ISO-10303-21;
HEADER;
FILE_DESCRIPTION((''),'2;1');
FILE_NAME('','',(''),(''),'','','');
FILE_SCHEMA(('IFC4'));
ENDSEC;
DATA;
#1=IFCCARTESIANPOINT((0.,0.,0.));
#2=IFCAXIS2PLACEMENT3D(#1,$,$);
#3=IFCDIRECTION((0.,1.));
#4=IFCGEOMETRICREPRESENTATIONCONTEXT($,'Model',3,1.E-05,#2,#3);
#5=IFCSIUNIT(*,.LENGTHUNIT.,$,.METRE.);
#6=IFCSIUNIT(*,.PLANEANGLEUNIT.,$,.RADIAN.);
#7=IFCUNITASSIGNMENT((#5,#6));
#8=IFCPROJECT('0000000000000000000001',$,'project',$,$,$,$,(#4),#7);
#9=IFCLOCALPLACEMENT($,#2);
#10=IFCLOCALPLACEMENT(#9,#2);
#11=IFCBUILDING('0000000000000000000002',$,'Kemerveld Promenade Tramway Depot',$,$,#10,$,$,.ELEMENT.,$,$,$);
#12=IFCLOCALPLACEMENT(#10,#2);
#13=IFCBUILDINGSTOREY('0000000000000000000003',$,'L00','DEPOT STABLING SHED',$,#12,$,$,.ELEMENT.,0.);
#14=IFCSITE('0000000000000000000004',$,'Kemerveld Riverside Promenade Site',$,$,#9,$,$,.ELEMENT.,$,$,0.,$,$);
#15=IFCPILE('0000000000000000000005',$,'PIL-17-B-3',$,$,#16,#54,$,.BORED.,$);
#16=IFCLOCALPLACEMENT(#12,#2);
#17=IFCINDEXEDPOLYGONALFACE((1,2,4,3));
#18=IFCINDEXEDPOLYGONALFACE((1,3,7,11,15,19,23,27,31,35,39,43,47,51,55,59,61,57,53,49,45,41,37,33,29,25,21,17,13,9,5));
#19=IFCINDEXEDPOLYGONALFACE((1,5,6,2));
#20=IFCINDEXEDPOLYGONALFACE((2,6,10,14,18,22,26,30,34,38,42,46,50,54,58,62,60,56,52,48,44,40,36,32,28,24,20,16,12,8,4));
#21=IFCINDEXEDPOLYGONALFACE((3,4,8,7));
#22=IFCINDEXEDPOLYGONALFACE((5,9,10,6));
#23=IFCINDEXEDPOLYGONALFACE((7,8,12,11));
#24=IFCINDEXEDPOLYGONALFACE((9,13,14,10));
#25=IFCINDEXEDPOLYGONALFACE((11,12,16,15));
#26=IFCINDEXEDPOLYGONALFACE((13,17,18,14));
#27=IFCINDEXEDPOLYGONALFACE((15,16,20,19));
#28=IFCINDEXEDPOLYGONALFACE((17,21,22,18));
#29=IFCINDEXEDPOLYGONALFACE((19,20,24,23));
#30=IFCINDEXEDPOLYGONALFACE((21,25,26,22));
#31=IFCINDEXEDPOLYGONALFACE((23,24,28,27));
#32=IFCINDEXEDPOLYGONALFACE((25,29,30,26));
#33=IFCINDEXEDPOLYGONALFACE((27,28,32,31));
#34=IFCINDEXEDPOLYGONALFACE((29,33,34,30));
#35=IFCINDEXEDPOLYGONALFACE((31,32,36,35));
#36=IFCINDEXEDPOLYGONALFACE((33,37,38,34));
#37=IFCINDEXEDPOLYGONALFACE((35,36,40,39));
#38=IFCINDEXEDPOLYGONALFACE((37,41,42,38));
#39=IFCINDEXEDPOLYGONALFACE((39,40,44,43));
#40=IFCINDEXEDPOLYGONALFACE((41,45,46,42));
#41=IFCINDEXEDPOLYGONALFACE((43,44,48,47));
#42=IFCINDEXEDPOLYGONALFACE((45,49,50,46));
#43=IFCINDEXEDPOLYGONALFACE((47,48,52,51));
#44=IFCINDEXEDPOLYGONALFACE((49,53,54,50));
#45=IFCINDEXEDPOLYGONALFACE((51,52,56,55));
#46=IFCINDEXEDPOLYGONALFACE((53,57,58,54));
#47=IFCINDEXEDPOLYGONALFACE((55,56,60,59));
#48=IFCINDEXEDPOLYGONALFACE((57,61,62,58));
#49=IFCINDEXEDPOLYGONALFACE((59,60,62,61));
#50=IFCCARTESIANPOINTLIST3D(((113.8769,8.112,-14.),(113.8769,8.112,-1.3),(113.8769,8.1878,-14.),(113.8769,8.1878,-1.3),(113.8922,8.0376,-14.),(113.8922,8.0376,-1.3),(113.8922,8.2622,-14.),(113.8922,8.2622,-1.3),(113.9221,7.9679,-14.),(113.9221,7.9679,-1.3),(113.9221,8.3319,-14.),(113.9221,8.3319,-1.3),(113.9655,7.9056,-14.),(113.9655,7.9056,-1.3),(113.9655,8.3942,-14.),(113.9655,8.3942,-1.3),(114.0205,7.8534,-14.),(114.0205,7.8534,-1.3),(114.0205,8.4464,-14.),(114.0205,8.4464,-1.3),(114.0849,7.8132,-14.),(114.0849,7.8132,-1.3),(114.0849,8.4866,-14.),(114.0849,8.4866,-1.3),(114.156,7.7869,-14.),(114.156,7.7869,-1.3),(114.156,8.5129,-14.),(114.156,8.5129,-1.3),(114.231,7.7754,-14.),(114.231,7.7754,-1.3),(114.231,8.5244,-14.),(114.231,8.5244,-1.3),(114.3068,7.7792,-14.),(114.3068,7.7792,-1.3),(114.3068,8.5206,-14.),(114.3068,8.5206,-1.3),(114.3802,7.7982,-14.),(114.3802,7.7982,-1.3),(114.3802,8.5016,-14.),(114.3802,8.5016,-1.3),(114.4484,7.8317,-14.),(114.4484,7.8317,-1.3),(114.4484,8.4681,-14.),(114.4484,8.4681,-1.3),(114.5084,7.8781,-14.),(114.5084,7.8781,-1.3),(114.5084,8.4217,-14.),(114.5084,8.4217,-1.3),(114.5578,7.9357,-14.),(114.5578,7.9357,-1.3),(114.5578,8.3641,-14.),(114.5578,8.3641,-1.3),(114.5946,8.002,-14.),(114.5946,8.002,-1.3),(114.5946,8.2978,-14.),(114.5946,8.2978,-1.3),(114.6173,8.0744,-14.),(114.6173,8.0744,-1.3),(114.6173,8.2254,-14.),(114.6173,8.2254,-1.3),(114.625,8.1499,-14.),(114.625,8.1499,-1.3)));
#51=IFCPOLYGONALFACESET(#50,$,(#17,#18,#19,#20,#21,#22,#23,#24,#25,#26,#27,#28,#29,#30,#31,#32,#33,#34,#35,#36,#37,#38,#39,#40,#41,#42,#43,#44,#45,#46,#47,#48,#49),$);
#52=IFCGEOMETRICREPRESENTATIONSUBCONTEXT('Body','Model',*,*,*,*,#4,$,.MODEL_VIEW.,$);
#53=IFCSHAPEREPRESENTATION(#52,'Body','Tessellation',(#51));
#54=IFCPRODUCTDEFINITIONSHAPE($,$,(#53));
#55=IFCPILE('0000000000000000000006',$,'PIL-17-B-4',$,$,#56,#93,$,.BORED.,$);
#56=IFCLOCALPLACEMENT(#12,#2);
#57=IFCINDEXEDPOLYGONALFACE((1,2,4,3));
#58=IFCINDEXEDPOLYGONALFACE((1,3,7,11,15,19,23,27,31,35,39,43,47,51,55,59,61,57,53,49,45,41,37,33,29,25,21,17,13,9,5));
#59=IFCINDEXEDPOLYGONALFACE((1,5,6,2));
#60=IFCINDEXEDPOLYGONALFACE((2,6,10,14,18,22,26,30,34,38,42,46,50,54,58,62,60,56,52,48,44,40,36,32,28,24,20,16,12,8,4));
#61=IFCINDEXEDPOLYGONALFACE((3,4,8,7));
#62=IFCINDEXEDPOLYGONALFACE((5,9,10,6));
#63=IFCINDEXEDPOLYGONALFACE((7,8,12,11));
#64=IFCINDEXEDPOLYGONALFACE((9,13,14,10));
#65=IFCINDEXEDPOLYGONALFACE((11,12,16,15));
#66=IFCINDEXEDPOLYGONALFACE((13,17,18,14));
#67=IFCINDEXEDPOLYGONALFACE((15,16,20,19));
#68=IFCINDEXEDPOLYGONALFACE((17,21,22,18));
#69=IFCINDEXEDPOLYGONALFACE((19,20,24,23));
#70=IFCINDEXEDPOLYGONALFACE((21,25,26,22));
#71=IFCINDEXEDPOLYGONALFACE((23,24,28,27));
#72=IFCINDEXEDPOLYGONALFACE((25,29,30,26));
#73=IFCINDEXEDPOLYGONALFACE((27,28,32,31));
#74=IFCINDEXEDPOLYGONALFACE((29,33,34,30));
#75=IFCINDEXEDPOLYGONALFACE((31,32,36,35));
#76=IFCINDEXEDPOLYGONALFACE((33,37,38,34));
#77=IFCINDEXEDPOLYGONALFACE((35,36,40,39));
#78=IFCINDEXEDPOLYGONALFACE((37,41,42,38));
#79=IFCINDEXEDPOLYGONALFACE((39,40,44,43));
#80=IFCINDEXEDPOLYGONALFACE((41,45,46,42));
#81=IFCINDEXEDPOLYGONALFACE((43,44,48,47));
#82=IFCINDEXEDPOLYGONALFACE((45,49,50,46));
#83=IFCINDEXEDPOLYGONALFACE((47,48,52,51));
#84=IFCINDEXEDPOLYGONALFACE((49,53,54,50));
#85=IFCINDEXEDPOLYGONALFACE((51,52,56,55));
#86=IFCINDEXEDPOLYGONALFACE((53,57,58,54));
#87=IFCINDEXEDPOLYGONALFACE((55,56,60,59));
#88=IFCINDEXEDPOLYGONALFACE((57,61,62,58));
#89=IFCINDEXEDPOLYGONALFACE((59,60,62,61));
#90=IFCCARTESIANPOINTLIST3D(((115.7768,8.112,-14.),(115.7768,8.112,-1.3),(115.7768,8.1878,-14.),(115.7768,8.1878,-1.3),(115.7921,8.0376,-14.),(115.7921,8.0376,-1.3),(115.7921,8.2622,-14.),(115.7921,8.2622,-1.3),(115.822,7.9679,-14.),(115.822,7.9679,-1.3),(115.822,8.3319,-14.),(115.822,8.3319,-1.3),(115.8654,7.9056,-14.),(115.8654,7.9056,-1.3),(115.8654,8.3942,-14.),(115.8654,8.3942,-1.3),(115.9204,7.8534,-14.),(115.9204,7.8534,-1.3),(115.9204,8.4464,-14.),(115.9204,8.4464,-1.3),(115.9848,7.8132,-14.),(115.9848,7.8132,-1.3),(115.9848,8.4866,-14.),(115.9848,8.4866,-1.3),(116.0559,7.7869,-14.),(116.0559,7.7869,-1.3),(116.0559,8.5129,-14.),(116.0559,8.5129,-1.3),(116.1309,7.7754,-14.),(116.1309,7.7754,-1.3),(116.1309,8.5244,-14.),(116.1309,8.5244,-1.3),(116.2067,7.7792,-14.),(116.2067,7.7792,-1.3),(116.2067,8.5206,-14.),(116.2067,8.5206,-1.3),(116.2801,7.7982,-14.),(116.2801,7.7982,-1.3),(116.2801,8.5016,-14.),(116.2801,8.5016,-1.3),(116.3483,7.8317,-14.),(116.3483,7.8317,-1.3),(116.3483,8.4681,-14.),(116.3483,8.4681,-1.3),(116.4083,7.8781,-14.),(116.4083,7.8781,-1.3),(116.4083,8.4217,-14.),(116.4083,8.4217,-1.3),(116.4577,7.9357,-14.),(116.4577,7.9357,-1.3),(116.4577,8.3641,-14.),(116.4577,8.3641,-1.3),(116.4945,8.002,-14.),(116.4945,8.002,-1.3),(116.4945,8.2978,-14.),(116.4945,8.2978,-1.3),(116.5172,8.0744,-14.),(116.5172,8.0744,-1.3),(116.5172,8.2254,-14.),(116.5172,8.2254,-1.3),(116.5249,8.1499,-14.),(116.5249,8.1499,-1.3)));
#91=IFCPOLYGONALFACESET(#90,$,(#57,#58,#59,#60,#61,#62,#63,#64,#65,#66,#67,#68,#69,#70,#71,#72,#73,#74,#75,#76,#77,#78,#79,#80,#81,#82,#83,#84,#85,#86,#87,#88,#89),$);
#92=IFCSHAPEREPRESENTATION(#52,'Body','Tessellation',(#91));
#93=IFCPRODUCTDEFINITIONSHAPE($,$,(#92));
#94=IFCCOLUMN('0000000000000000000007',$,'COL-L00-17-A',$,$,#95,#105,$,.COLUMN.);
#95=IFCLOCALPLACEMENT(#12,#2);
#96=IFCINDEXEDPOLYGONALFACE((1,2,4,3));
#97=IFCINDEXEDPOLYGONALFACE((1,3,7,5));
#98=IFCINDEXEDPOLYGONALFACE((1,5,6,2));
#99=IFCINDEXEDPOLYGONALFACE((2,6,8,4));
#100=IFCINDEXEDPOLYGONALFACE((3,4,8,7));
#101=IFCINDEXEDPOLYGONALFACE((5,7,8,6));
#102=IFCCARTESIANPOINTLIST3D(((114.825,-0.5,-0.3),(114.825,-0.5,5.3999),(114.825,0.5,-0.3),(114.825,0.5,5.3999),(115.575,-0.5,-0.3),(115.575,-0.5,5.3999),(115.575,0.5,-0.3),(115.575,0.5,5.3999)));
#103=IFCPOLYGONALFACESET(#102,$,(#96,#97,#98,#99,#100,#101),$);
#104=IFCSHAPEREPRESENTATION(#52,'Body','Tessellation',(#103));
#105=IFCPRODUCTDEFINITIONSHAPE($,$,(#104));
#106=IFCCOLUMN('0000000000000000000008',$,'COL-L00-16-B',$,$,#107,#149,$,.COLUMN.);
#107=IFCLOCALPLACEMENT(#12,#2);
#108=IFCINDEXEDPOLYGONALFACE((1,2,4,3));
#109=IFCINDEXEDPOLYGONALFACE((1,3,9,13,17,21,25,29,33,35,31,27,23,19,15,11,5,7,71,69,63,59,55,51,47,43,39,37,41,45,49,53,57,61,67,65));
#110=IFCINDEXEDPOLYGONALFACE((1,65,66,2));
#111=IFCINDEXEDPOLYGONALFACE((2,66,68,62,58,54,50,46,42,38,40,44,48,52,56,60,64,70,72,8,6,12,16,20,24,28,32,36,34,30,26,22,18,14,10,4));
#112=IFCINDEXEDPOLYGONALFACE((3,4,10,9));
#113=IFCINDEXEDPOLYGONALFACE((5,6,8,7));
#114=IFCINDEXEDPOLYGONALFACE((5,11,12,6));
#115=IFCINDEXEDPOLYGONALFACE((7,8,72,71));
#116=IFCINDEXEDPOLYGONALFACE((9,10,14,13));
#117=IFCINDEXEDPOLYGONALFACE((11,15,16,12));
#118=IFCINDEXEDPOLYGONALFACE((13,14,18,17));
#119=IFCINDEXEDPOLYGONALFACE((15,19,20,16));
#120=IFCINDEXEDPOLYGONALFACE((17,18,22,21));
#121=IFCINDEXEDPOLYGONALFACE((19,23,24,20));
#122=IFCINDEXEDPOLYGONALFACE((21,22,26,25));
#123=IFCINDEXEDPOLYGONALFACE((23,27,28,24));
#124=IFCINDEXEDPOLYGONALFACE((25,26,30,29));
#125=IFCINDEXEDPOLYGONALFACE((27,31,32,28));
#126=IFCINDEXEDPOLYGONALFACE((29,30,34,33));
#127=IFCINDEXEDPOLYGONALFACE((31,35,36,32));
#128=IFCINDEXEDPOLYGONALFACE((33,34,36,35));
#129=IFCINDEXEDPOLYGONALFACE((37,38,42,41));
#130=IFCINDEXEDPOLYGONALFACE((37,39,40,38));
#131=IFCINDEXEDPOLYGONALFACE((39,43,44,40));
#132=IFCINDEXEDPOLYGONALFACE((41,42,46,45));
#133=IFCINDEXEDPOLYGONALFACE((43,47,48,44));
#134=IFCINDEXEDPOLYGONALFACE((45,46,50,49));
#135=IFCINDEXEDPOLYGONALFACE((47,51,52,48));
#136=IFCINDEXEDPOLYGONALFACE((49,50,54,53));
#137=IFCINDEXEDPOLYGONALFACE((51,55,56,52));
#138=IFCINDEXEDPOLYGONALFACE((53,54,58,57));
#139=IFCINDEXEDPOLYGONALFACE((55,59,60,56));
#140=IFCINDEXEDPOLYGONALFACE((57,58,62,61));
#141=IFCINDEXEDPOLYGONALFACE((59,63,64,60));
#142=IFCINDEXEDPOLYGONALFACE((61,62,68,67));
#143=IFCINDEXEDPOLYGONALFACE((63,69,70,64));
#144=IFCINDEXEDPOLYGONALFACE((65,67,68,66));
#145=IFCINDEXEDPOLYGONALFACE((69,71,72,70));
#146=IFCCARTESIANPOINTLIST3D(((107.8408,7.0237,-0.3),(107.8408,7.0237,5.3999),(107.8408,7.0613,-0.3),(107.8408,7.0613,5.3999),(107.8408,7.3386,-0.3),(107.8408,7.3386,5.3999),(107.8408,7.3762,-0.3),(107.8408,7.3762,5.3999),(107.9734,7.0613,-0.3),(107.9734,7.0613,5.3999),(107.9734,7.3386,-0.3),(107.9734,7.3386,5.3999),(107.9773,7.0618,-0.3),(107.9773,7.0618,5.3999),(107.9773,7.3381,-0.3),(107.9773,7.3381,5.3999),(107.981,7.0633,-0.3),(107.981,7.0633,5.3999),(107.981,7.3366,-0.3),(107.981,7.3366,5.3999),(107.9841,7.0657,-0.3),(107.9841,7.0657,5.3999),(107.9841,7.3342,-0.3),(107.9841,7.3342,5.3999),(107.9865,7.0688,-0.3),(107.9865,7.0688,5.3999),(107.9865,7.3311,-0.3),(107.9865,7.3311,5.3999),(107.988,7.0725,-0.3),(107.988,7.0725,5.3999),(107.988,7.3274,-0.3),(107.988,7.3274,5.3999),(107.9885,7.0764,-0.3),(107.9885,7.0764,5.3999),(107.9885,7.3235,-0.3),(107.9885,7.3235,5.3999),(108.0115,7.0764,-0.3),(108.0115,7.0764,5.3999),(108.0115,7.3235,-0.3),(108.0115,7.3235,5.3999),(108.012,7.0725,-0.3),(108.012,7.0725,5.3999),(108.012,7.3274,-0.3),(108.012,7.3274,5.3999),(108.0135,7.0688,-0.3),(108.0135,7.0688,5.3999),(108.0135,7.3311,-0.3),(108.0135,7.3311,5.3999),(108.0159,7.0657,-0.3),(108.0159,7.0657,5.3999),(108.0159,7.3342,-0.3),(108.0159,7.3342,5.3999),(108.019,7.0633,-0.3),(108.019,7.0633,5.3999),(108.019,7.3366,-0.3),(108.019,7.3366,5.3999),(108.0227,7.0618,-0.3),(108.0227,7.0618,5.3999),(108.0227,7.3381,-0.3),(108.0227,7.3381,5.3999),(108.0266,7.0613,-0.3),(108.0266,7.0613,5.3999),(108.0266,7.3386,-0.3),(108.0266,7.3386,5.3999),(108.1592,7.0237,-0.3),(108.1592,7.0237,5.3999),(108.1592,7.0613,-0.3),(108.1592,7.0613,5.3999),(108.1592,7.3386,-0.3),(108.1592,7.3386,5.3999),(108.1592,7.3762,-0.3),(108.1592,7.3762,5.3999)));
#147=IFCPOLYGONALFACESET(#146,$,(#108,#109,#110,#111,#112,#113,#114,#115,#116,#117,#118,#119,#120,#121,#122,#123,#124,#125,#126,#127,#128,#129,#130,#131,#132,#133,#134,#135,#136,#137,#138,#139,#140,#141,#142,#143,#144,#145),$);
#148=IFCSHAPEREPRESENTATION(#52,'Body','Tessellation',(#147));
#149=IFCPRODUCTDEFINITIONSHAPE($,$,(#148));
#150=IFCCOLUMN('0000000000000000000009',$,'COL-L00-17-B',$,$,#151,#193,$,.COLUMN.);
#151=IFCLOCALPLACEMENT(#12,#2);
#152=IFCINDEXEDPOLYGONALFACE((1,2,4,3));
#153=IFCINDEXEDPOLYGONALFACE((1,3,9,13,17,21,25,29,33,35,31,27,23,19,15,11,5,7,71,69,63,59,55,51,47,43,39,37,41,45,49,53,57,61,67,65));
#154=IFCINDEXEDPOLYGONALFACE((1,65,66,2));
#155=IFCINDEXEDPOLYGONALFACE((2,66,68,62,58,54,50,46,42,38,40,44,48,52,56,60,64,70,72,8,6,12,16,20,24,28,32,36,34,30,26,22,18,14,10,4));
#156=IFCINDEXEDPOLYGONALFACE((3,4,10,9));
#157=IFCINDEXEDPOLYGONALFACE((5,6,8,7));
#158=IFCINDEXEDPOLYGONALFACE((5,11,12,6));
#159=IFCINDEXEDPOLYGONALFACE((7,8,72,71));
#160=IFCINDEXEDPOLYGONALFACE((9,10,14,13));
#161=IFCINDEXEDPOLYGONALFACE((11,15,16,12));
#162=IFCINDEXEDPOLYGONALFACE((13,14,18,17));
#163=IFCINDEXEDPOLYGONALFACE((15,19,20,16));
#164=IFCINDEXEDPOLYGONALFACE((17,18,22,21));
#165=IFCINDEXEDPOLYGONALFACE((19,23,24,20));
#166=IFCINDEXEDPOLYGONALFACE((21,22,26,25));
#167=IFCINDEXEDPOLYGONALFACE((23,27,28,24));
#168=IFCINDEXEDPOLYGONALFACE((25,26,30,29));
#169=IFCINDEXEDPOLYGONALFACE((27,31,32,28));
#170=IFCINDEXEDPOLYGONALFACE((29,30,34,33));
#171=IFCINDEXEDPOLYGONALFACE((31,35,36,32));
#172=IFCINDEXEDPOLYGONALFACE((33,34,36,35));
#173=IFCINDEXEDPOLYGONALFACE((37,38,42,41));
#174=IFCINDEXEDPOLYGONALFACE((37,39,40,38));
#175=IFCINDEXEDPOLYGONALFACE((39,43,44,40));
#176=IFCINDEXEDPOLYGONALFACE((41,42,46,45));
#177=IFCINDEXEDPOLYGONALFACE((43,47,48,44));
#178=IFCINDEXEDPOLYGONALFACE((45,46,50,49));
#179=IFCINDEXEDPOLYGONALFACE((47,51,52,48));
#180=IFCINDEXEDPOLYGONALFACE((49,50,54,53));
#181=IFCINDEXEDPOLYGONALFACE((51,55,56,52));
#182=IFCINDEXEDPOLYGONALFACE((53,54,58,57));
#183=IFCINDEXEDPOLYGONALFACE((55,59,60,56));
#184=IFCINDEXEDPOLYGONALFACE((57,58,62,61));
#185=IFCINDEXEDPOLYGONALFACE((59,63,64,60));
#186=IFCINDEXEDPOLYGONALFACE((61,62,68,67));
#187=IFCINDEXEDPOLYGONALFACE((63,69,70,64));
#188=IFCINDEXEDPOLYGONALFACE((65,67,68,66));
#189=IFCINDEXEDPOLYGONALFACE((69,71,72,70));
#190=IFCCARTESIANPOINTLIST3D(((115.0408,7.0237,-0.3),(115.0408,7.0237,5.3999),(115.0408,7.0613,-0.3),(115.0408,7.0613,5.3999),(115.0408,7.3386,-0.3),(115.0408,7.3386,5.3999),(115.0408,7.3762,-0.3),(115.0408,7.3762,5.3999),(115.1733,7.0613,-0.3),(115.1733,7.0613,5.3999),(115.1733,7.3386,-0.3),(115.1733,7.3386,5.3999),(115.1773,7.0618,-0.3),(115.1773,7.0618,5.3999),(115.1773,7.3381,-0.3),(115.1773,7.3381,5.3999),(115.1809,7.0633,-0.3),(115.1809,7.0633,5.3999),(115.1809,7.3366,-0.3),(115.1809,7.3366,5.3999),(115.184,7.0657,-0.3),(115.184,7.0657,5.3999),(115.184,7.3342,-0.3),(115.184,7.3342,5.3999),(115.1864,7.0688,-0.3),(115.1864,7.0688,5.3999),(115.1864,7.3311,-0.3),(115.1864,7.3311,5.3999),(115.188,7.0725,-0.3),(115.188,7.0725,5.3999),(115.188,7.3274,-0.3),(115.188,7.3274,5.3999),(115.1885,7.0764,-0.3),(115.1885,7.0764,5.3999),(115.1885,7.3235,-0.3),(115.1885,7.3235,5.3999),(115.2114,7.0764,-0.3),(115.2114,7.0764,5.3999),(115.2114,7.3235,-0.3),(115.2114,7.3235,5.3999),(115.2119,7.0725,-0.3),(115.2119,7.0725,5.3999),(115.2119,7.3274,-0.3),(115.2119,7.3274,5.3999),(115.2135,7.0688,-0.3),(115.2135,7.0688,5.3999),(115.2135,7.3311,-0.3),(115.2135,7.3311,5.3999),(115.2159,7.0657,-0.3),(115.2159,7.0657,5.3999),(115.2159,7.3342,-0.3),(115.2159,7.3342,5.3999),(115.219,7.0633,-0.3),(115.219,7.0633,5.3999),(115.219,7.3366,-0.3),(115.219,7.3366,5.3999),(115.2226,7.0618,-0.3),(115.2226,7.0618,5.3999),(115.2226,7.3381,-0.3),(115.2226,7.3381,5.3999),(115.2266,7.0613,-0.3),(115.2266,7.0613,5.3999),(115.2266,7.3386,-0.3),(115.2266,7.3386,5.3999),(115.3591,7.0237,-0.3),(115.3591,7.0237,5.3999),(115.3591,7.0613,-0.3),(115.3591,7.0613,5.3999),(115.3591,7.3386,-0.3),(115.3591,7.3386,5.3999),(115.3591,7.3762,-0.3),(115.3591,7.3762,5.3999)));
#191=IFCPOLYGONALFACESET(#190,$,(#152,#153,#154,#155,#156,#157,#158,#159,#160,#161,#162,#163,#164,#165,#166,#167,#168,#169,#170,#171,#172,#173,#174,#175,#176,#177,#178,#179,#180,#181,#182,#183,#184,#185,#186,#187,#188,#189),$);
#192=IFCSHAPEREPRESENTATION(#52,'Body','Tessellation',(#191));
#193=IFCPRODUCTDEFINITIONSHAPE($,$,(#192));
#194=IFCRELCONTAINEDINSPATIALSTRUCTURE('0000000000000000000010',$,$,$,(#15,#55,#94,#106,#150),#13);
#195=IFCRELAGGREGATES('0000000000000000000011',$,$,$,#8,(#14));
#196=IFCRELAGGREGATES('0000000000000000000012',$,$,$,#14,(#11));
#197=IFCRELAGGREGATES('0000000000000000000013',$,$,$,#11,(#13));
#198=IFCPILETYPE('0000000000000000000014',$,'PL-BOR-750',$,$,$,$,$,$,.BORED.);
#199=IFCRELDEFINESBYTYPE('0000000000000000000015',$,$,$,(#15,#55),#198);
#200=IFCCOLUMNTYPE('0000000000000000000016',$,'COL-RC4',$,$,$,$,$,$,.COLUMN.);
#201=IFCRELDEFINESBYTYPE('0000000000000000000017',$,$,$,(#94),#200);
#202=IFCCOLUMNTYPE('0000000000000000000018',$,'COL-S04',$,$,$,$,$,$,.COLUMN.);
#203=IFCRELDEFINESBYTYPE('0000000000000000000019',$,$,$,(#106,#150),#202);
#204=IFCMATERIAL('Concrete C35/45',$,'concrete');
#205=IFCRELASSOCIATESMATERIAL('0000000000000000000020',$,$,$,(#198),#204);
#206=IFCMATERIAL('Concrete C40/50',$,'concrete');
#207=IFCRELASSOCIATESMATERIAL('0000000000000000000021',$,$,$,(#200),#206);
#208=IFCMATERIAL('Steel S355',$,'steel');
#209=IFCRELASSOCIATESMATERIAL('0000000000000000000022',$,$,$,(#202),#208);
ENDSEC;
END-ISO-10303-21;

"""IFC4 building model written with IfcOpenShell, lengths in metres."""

from ifc_helpers import new_model, si_unit, direction, frame, origin, origin_2d, place, context, subcontext, project, spatial, rectangle, circle, i_section, extrude, material, material_profile, profile_set, type_object, element, save


model = new_model("IFC4")

# Units and contexts
model_context = context("Model", 3, precision=1e-05, world=origin(), true_north=direction((0.0, 1.0)))
body_context = subcontext(model_context, "Body", "Model", "MODEL_VIEW")
ifc_project = project(units=[si_unit("LENGTHUNIT", "METRE"), si_unit("PLANEANGLEUNIT", "RADIAN")], contexts=[model_context])

# Site, building, storey
site_placement = place(None, origin())
site = spatial("IfcSite", under=ifc_project, at=site_placement, Name="Kemerveld Riverside Promenade Site", CompositionType="ELEMENT", RefElevation=0.0)
building_placement = place(site_placement, origin())
building = spatial("IfcBuilding", under=site, at=building_placement, Name="Kemerveld Promenade Tramway Depot", CompositionType="ELEMENT")
storey_placement = place(building_placement, origin())
storey = spatial("IfcBuildingStorey", under=building, at=storey_placement, Name="L00", Description="DEPOT STABLING SHED", CompositionType="ELEMENT", Elevation=0.0)

# Shared definitions
ifc_material_1 = material(Name="Concrete C35/45", Category="concrete")

# Piles
ifc_material_profile_1 = material_profile(ifc_material_1, circle(Radius=0.375, at=origin_2d()), Name="PILE-D750")
ifc_profile_set_1 = profile_set([ifc_material_profile_1], Name="Concrete C35/45")
pile_type_1 = type_object("IfcPileType", Name="PL-BOR-750", PredefinedType="BORED", material=ifc_profile_set_1)
for number, where, z_axis, x_axis, name in (
    (1, (114.25, 8.1499, -1.3), (0.0, 0.0, -1.0), (1.0, 0.0, 0.0), "PIL-17-B-3"),
    (2, (116.1499, 8.1499, -1.3), (0.0, 0.0, -1.0), (1.0, 0.0, 0.0), "PIL-17-B-4"),
):
    element("IfcPile", number, at=place(storey_placement, frame(where, z_axis=z_axis, x_axis=x_axis)), inside=storey, type_object=pile_type_1, Name=name, PredefinedType="BORED", context=body_context, shape_type="SweptSolid", body=[
        extrude(circle(Radius=0.375, at=origin_2d()), origin(), (0.0, 0.0, 1.0), 12.7),
    ])

# Columns
ifc_material_2 = material(Name="Concrete C40/50", Category="concrete")
ifc_material_profile_2 = material_profile(ifc_material_2, rectangle(XDim=0.75, YDim=1.0, at=origin_2d()), Name="RC-PIER-1000x750")
ifc_profile_set_2 = profile_set([ifc_material_profile_2], Name="Concrete C40/50")
column_type_1 = type_object("IfcColumnType", Name="COL-RC4", PredefinedType="COLUMN", material=ifc_profile_set_2)
column_placement = place(storey_placement, frame((115.2, 0.0, -0.3), z_axis=(0.0, 0.0, 1.0), x_axis=(1.0, 0.0, 0.0)))
element("IfcColumn", 3, at=column_placement, inside=storey, type_object=column_type_1, Name="COL-L00-17-A", PredefinedType="COLUMN", context=body_context, shape_type="SweptSolid", body=[
    extrude(rectangle(XDim=0.75, YDim=1.0, at=origin_2d()), origin(), (0.0, 0.0, 1.0), 5.7),
])
ifc_material_3 = material(Name="Steel S355", Category="steel")
ifc_material_profile_3 = material_profile(ifc_material_3, i_section(OverallWidth=0.3184, OverallDepth=0.3525, WebThickness=0.0229, FlangeThickness=0.0376, FilletRadius=0.0151, at=origin_2d()), Name="305x305x240 UC")
ifc_profile_set_3 = profile_set([ifc_material_profile_3], Name="Steel S355")
column_type_2 = type_object("IfcColumnType", Name="COL-S04", PredefinedType="COLUMN", material=ifc_profile_set_3)
for number, where, z_axis, x_axis, name in (
    (4, (108.0, 7.2, -0.3), (0.0, 0.0, 1.0), (1.0, 0.0, 0.0), "COL-L00-16-B"),
    (5, (115.2, 7.2, -0.3), (0.0, 0.0, 1.0), (1.0, 0.0, 0.0), "COL-L00-17-B"),
):
    element("IfcColumn", number, at=place(storey_placement, frame(where, z_axis=z_axis, x_axis=x_axis)), inside=storey, type_object=column_type_2, Name=name, PredefinedType="COLUMN", context=body_context, shape_type="SweptSolid", body=[
        extrude(i_section(OverallWidth=0.3184, OverallDepth=0.3525, WebThickness=0.0229, FlangeThickness=0.0376, FilletRadius=0.0151, at=origin_2d()), origin(), (0.0, 0.0, 1.0), 5.7),
    ])

save(model, "model.ifc")
